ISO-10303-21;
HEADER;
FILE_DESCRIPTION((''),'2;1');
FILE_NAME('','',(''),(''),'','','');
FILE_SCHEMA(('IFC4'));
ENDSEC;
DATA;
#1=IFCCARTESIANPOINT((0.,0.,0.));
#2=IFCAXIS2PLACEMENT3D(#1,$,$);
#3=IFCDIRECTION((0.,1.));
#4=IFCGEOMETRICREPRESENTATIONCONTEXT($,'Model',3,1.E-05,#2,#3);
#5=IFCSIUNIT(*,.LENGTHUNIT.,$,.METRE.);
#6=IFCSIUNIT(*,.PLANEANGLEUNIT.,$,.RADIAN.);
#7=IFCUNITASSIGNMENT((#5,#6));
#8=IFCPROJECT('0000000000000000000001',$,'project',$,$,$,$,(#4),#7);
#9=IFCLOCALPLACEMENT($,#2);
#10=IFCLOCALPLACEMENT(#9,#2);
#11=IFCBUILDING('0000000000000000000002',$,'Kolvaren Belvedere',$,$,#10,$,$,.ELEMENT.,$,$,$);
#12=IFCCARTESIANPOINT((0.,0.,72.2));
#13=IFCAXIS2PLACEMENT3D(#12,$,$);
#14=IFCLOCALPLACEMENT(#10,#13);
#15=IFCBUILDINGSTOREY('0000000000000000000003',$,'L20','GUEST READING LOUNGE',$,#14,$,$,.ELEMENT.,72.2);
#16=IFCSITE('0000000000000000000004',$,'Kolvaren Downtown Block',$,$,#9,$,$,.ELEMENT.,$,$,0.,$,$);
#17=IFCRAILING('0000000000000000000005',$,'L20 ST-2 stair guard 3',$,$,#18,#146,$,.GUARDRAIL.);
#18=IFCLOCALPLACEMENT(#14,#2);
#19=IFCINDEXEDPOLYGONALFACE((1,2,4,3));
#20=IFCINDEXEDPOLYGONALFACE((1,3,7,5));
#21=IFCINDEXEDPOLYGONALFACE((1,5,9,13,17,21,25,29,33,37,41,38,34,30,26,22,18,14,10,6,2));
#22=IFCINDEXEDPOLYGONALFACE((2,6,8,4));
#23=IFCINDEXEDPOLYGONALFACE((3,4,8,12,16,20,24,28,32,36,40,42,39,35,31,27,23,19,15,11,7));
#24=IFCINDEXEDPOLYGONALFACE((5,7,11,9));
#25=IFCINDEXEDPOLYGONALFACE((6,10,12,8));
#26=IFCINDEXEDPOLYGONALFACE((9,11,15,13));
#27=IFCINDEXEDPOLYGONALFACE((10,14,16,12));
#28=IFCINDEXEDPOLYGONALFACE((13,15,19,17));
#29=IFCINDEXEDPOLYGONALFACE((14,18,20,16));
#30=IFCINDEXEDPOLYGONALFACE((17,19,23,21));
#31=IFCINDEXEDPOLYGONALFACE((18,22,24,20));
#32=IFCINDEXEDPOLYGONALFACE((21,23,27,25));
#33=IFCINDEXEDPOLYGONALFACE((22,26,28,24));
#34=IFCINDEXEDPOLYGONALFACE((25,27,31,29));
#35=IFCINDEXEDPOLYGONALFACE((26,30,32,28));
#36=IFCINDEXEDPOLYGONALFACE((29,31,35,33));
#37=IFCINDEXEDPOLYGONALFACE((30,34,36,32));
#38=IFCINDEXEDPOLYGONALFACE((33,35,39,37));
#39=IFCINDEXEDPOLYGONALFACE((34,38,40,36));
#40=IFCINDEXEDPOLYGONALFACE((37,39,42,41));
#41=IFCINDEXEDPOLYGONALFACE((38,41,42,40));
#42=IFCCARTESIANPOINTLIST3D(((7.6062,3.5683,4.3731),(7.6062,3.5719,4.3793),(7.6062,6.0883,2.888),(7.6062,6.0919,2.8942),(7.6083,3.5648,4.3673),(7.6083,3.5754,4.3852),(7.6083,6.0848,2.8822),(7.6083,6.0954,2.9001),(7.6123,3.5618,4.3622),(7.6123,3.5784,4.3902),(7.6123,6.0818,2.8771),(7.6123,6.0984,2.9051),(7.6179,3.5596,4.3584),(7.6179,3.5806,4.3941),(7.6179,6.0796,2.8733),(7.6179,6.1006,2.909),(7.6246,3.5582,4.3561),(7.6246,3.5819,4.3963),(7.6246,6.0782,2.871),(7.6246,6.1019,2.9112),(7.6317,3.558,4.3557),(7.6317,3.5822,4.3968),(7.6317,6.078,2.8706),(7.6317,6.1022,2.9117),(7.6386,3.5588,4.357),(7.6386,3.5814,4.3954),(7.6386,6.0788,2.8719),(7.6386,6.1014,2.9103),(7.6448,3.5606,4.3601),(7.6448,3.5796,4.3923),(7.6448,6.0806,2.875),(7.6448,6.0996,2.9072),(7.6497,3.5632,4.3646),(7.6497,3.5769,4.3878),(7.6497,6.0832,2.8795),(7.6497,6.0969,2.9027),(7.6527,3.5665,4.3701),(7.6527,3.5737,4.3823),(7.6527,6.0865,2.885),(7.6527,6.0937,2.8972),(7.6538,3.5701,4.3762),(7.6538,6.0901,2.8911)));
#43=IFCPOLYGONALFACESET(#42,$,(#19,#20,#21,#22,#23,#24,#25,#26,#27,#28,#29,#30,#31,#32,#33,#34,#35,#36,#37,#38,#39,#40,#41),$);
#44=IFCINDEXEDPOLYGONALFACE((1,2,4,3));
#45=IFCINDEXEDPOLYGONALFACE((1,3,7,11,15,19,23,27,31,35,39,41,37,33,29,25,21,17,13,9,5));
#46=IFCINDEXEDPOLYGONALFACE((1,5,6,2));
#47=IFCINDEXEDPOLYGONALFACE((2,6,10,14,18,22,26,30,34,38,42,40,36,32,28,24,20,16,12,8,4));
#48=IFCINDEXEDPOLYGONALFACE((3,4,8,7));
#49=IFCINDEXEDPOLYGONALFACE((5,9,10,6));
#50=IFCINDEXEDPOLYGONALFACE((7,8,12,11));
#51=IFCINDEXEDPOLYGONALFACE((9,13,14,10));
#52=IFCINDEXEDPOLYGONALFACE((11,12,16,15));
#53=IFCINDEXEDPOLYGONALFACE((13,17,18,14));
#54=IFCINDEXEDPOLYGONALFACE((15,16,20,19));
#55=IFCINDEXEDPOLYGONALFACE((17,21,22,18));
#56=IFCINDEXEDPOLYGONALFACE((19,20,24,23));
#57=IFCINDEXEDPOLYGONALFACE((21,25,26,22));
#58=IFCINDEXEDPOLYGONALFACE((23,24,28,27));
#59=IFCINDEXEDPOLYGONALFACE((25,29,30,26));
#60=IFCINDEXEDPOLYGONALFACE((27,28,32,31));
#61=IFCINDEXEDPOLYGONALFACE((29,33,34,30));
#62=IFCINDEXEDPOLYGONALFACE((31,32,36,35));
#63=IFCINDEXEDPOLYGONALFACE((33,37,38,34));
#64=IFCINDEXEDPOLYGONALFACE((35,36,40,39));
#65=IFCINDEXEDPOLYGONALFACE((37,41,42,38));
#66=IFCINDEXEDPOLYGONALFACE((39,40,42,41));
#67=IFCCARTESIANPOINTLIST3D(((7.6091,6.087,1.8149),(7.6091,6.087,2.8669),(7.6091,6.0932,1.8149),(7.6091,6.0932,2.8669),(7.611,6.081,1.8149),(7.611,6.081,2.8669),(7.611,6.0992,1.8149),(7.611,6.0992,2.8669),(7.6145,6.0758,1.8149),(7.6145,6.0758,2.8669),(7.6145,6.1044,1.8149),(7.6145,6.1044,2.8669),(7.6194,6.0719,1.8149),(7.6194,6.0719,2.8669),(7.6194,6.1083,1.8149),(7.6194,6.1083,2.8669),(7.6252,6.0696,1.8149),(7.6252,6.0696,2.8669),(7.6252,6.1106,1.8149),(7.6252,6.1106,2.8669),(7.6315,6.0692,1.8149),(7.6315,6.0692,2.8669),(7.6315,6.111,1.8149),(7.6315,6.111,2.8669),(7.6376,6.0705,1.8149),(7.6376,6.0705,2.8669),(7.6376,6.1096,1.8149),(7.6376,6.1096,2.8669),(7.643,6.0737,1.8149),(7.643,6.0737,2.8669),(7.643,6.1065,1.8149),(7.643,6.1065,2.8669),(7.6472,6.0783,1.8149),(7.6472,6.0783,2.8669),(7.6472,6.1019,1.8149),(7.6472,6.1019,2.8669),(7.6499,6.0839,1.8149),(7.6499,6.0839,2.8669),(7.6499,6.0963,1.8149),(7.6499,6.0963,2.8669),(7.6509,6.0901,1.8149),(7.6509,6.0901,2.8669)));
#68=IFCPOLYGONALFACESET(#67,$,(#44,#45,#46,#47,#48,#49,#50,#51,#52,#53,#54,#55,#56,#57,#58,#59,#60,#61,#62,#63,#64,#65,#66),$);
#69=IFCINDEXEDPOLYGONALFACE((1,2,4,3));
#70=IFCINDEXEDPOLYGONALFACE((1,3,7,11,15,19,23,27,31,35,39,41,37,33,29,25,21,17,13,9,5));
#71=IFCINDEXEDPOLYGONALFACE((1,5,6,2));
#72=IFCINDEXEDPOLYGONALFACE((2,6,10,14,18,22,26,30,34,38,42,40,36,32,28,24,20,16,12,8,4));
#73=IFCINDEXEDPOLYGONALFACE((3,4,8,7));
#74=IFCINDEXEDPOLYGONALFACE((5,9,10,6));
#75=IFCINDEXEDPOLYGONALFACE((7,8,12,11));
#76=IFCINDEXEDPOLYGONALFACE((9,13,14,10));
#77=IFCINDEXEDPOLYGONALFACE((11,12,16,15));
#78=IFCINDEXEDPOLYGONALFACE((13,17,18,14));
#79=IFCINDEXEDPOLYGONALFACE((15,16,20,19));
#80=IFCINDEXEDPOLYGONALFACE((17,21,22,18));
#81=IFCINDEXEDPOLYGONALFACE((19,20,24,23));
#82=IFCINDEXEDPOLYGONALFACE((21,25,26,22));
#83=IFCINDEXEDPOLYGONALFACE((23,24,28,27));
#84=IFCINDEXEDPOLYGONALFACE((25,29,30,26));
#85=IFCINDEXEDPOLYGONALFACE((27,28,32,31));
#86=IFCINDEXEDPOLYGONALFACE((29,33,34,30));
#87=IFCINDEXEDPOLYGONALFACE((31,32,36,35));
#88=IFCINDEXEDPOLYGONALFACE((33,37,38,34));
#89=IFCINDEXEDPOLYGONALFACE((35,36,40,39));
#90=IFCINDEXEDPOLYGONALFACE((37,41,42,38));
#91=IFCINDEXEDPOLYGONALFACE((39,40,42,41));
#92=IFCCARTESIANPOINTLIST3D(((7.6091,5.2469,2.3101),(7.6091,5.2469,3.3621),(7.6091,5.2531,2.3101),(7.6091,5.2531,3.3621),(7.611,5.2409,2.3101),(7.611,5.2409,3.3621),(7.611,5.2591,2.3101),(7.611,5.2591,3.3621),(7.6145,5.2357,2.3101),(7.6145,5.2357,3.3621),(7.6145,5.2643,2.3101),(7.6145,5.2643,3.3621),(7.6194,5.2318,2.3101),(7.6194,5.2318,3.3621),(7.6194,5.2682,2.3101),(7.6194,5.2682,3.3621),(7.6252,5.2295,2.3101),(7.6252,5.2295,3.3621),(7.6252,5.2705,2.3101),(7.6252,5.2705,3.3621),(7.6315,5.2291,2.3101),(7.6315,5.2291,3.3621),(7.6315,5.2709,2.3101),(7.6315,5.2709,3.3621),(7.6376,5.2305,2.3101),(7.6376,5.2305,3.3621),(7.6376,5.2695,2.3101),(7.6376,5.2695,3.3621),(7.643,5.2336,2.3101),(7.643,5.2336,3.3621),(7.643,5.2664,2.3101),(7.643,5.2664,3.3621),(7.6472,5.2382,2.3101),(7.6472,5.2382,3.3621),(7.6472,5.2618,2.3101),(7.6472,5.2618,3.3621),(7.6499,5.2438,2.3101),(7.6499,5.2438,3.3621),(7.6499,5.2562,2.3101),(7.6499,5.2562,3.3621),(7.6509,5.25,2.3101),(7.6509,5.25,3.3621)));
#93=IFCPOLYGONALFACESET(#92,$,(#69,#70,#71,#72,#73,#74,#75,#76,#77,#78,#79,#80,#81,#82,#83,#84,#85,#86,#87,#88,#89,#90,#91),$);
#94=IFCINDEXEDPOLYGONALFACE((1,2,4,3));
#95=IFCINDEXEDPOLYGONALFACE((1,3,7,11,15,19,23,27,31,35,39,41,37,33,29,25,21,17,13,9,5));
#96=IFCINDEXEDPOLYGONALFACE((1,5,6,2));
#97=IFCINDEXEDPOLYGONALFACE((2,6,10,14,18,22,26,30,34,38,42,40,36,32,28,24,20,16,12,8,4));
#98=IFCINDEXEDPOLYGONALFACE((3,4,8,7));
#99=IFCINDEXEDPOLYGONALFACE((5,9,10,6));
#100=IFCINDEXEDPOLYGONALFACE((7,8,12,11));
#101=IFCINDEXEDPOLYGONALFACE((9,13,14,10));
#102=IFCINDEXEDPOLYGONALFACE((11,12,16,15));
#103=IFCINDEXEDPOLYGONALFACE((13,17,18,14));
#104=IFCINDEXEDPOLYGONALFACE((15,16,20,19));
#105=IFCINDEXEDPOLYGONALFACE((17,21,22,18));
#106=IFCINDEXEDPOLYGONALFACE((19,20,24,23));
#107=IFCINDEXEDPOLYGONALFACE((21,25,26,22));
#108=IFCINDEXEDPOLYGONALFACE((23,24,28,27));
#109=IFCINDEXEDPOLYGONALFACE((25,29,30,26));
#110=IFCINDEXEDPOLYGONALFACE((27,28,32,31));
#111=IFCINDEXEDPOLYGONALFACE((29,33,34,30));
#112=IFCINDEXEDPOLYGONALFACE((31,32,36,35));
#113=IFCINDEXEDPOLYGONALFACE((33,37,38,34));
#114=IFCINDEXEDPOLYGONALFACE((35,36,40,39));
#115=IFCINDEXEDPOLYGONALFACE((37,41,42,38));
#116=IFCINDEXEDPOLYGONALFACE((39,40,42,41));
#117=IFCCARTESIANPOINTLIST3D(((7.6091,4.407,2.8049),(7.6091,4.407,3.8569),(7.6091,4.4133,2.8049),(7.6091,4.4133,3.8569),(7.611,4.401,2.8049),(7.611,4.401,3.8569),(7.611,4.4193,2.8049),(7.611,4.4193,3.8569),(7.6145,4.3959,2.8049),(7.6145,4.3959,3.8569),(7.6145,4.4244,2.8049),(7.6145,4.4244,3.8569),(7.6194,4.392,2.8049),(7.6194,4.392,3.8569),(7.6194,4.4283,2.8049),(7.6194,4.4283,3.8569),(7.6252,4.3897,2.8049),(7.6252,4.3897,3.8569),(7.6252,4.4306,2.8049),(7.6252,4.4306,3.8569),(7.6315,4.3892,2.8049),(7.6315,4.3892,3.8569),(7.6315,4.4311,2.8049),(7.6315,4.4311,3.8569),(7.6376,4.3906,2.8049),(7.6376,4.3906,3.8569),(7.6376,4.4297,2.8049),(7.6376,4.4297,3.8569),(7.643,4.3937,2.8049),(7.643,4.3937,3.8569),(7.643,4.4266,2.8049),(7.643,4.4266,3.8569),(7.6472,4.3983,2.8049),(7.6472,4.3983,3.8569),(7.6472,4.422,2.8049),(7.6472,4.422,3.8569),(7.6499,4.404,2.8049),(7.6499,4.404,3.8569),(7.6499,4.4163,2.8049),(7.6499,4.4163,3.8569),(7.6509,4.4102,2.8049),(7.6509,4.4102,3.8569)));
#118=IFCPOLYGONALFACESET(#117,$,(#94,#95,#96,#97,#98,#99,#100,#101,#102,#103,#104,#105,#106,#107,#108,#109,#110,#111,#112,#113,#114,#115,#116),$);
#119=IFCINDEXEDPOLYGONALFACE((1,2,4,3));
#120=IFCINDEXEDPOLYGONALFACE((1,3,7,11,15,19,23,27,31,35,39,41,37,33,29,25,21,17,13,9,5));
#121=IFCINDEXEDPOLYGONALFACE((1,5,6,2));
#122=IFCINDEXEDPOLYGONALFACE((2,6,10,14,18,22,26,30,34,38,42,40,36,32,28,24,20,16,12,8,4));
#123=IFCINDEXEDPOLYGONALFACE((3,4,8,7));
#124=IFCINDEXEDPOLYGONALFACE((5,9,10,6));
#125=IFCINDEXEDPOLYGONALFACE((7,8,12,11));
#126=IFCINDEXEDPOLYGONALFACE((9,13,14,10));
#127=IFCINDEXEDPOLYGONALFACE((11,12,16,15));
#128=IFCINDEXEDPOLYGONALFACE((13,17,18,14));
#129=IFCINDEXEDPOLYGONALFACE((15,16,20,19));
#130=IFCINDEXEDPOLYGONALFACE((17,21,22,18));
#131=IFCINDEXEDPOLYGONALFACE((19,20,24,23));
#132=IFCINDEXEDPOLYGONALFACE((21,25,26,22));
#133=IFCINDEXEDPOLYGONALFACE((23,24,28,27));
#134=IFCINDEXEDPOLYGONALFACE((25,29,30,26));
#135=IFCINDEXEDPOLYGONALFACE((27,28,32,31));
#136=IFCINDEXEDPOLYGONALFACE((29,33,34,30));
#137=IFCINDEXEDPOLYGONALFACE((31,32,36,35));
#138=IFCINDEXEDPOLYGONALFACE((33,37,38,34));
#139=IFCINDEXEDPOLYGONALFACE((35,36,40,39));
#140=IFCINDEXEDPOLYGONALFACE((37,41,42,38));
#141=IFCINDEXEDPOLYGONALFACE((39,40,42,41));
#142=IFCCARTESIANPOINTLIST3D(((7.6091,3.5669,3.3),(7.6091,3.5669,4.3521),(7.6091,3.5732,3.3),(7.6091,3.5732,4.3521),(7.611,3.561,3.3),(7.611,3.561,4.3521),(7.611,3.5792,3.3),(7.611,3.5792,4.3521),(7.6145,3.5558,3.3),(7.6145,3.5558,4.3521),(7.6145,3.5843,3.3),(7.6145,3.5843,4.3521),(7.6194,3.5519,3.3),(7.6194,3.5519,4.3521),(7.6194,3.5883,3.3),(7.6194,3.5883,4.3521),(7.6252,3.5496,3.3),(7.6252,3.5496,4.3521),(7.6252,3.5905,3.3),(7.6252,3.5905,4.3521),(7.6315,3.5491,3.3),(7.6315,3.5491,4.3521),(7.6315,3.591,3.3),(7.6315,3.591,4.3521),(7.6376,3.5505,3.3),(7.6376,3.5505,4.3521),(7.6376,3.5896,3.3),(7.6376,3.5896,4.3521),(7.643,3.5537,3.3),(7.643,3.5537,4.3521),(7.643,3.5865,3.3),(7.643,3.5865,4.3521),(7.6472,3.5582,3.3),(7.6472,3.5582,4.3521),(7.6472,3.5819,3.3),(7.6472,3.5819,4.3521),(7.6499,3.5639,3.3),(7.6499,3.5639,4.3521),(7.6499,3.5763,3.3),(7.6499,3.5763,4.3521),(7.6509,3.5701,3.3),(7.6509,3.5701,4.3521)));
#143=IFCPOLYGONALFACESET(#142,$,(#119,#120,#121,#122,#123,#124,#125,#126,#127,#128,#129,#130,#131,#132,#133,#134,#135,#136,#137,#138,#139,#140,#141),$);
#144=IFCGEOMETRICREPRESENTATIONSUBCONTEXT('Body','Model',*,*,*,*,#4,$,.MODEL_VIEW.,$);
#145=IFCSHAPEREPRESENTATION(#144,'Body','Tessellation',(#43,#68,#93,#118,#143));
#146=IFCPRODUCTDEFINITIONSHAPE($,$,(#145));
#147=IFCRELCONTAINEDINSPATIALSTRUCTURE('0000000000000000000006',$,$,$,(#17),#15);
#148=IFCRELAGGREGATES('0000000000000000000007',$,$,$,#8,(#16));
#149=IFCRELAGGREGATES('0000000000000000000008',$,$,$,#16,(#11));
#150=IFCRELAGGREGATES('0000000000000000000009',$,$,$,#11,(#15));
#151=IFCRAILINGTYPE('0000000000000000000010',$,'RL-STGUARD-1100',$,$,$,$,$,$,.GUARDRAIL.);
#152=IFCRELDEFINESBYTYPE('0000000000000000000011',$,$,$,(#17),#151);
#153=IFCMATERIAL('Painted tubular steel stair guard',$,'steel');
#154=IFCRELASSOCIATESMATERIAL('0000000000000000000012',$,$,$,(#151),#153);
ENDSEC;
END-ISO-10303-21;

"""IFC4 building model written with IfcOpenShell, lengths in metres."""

from ifc_helpers import new_model, si_unit, direction, frame, origin, origin_2d, place, context, subcontext, project, spatial, circle, extrude, material, type_object, element, save


model = new_model("IFC4")

# Units and contexts
model_context = context("Model", 3, precision=1e-05, world=origin(), true_north=direction((0.0, 1.0)))
body_context = subcontext(model_context, "Body", "Model", "MODEL_VIEW")
ifc_project = project(units=[si_unit("LENGTHUNIT", "METRE"), si_unit("PLANEANGLEUNIT", "RADIAN")], contexts=[model_context])

# Site, building, storey
site_placement = place(None, origin())
site = spatial("IfcSite", under=ifc_project, at=site_placement, Name="Kolvaren Downtown Block", CompositionType="ELEMENT", RefElevation=0.0)
building_placement = place(site_placement, origin())
building = spatial("IfcBuilding", under=site, at=building_placement, Name="Kolvaren Belvedere", CompositionType="ELEMENT")
storey_placement = place(building_placement, frame((0.0, 0.0, 72.2)))
storey = spatial("IfcBuildingStorey", under=building, at=storey_placement, Name="L20", Description="GUEST READING LOUNGE", CompositionType="ELEMENT", Elevation=72.2)

# Railing
ifc_material_1 = material(Name="Painted tubular steel stair guard", Category="steel")
railing_type_1 = type_object("IfcRailingType", Name="RL-STGUARD-1100", PredefinedType="GUARDRAIL", material=ifc_material_1)
railing_1_placement = place(storey_placement, frame((7.6299, 6.0901, 1.8149)))
element("IfcRailing", 1, at=railing_1_placement, inside=storey, type_object=railing_type_1, Name="L20 ST-2 stair guard 3", PredefinedType="GUARDRAIL", context=body_context, shape_type="SweptSolid", body=[
    extrude(circle(Radius=0.0239, at=origin_2d()), frame((0.0, 0.0, 1.0762), z_axis=(0.0, -0.861524, 0.507717), x_axis=(1.0, 0.0, 0.0)), (0.0, 0.0, 1.0), 2.925),
    extrude(circle(Radius=0.021, at=origin_2d()), origin(), (0.0, 0.0, 1.0), 1.052),
    extrude(circle(Radius=0.021, at=origin_2d()), frame((0.0, -0.8401, 0.4951)), (0.0, 0.0, 1.0), 1.052),
    extrude(circle(Radius=0.021, at=origin_2d()), frame((0.0, -1.6799, 0.99)), (0.0, 0.0, 1.0), 1.052),
    extrude(circle(Radius=0.021, at=origin_2d()), frame((0.0, -2.52, 1.4851)), (0.0, 0.0, 1.0), 1.052),
])

save(model, "model.ifc")
